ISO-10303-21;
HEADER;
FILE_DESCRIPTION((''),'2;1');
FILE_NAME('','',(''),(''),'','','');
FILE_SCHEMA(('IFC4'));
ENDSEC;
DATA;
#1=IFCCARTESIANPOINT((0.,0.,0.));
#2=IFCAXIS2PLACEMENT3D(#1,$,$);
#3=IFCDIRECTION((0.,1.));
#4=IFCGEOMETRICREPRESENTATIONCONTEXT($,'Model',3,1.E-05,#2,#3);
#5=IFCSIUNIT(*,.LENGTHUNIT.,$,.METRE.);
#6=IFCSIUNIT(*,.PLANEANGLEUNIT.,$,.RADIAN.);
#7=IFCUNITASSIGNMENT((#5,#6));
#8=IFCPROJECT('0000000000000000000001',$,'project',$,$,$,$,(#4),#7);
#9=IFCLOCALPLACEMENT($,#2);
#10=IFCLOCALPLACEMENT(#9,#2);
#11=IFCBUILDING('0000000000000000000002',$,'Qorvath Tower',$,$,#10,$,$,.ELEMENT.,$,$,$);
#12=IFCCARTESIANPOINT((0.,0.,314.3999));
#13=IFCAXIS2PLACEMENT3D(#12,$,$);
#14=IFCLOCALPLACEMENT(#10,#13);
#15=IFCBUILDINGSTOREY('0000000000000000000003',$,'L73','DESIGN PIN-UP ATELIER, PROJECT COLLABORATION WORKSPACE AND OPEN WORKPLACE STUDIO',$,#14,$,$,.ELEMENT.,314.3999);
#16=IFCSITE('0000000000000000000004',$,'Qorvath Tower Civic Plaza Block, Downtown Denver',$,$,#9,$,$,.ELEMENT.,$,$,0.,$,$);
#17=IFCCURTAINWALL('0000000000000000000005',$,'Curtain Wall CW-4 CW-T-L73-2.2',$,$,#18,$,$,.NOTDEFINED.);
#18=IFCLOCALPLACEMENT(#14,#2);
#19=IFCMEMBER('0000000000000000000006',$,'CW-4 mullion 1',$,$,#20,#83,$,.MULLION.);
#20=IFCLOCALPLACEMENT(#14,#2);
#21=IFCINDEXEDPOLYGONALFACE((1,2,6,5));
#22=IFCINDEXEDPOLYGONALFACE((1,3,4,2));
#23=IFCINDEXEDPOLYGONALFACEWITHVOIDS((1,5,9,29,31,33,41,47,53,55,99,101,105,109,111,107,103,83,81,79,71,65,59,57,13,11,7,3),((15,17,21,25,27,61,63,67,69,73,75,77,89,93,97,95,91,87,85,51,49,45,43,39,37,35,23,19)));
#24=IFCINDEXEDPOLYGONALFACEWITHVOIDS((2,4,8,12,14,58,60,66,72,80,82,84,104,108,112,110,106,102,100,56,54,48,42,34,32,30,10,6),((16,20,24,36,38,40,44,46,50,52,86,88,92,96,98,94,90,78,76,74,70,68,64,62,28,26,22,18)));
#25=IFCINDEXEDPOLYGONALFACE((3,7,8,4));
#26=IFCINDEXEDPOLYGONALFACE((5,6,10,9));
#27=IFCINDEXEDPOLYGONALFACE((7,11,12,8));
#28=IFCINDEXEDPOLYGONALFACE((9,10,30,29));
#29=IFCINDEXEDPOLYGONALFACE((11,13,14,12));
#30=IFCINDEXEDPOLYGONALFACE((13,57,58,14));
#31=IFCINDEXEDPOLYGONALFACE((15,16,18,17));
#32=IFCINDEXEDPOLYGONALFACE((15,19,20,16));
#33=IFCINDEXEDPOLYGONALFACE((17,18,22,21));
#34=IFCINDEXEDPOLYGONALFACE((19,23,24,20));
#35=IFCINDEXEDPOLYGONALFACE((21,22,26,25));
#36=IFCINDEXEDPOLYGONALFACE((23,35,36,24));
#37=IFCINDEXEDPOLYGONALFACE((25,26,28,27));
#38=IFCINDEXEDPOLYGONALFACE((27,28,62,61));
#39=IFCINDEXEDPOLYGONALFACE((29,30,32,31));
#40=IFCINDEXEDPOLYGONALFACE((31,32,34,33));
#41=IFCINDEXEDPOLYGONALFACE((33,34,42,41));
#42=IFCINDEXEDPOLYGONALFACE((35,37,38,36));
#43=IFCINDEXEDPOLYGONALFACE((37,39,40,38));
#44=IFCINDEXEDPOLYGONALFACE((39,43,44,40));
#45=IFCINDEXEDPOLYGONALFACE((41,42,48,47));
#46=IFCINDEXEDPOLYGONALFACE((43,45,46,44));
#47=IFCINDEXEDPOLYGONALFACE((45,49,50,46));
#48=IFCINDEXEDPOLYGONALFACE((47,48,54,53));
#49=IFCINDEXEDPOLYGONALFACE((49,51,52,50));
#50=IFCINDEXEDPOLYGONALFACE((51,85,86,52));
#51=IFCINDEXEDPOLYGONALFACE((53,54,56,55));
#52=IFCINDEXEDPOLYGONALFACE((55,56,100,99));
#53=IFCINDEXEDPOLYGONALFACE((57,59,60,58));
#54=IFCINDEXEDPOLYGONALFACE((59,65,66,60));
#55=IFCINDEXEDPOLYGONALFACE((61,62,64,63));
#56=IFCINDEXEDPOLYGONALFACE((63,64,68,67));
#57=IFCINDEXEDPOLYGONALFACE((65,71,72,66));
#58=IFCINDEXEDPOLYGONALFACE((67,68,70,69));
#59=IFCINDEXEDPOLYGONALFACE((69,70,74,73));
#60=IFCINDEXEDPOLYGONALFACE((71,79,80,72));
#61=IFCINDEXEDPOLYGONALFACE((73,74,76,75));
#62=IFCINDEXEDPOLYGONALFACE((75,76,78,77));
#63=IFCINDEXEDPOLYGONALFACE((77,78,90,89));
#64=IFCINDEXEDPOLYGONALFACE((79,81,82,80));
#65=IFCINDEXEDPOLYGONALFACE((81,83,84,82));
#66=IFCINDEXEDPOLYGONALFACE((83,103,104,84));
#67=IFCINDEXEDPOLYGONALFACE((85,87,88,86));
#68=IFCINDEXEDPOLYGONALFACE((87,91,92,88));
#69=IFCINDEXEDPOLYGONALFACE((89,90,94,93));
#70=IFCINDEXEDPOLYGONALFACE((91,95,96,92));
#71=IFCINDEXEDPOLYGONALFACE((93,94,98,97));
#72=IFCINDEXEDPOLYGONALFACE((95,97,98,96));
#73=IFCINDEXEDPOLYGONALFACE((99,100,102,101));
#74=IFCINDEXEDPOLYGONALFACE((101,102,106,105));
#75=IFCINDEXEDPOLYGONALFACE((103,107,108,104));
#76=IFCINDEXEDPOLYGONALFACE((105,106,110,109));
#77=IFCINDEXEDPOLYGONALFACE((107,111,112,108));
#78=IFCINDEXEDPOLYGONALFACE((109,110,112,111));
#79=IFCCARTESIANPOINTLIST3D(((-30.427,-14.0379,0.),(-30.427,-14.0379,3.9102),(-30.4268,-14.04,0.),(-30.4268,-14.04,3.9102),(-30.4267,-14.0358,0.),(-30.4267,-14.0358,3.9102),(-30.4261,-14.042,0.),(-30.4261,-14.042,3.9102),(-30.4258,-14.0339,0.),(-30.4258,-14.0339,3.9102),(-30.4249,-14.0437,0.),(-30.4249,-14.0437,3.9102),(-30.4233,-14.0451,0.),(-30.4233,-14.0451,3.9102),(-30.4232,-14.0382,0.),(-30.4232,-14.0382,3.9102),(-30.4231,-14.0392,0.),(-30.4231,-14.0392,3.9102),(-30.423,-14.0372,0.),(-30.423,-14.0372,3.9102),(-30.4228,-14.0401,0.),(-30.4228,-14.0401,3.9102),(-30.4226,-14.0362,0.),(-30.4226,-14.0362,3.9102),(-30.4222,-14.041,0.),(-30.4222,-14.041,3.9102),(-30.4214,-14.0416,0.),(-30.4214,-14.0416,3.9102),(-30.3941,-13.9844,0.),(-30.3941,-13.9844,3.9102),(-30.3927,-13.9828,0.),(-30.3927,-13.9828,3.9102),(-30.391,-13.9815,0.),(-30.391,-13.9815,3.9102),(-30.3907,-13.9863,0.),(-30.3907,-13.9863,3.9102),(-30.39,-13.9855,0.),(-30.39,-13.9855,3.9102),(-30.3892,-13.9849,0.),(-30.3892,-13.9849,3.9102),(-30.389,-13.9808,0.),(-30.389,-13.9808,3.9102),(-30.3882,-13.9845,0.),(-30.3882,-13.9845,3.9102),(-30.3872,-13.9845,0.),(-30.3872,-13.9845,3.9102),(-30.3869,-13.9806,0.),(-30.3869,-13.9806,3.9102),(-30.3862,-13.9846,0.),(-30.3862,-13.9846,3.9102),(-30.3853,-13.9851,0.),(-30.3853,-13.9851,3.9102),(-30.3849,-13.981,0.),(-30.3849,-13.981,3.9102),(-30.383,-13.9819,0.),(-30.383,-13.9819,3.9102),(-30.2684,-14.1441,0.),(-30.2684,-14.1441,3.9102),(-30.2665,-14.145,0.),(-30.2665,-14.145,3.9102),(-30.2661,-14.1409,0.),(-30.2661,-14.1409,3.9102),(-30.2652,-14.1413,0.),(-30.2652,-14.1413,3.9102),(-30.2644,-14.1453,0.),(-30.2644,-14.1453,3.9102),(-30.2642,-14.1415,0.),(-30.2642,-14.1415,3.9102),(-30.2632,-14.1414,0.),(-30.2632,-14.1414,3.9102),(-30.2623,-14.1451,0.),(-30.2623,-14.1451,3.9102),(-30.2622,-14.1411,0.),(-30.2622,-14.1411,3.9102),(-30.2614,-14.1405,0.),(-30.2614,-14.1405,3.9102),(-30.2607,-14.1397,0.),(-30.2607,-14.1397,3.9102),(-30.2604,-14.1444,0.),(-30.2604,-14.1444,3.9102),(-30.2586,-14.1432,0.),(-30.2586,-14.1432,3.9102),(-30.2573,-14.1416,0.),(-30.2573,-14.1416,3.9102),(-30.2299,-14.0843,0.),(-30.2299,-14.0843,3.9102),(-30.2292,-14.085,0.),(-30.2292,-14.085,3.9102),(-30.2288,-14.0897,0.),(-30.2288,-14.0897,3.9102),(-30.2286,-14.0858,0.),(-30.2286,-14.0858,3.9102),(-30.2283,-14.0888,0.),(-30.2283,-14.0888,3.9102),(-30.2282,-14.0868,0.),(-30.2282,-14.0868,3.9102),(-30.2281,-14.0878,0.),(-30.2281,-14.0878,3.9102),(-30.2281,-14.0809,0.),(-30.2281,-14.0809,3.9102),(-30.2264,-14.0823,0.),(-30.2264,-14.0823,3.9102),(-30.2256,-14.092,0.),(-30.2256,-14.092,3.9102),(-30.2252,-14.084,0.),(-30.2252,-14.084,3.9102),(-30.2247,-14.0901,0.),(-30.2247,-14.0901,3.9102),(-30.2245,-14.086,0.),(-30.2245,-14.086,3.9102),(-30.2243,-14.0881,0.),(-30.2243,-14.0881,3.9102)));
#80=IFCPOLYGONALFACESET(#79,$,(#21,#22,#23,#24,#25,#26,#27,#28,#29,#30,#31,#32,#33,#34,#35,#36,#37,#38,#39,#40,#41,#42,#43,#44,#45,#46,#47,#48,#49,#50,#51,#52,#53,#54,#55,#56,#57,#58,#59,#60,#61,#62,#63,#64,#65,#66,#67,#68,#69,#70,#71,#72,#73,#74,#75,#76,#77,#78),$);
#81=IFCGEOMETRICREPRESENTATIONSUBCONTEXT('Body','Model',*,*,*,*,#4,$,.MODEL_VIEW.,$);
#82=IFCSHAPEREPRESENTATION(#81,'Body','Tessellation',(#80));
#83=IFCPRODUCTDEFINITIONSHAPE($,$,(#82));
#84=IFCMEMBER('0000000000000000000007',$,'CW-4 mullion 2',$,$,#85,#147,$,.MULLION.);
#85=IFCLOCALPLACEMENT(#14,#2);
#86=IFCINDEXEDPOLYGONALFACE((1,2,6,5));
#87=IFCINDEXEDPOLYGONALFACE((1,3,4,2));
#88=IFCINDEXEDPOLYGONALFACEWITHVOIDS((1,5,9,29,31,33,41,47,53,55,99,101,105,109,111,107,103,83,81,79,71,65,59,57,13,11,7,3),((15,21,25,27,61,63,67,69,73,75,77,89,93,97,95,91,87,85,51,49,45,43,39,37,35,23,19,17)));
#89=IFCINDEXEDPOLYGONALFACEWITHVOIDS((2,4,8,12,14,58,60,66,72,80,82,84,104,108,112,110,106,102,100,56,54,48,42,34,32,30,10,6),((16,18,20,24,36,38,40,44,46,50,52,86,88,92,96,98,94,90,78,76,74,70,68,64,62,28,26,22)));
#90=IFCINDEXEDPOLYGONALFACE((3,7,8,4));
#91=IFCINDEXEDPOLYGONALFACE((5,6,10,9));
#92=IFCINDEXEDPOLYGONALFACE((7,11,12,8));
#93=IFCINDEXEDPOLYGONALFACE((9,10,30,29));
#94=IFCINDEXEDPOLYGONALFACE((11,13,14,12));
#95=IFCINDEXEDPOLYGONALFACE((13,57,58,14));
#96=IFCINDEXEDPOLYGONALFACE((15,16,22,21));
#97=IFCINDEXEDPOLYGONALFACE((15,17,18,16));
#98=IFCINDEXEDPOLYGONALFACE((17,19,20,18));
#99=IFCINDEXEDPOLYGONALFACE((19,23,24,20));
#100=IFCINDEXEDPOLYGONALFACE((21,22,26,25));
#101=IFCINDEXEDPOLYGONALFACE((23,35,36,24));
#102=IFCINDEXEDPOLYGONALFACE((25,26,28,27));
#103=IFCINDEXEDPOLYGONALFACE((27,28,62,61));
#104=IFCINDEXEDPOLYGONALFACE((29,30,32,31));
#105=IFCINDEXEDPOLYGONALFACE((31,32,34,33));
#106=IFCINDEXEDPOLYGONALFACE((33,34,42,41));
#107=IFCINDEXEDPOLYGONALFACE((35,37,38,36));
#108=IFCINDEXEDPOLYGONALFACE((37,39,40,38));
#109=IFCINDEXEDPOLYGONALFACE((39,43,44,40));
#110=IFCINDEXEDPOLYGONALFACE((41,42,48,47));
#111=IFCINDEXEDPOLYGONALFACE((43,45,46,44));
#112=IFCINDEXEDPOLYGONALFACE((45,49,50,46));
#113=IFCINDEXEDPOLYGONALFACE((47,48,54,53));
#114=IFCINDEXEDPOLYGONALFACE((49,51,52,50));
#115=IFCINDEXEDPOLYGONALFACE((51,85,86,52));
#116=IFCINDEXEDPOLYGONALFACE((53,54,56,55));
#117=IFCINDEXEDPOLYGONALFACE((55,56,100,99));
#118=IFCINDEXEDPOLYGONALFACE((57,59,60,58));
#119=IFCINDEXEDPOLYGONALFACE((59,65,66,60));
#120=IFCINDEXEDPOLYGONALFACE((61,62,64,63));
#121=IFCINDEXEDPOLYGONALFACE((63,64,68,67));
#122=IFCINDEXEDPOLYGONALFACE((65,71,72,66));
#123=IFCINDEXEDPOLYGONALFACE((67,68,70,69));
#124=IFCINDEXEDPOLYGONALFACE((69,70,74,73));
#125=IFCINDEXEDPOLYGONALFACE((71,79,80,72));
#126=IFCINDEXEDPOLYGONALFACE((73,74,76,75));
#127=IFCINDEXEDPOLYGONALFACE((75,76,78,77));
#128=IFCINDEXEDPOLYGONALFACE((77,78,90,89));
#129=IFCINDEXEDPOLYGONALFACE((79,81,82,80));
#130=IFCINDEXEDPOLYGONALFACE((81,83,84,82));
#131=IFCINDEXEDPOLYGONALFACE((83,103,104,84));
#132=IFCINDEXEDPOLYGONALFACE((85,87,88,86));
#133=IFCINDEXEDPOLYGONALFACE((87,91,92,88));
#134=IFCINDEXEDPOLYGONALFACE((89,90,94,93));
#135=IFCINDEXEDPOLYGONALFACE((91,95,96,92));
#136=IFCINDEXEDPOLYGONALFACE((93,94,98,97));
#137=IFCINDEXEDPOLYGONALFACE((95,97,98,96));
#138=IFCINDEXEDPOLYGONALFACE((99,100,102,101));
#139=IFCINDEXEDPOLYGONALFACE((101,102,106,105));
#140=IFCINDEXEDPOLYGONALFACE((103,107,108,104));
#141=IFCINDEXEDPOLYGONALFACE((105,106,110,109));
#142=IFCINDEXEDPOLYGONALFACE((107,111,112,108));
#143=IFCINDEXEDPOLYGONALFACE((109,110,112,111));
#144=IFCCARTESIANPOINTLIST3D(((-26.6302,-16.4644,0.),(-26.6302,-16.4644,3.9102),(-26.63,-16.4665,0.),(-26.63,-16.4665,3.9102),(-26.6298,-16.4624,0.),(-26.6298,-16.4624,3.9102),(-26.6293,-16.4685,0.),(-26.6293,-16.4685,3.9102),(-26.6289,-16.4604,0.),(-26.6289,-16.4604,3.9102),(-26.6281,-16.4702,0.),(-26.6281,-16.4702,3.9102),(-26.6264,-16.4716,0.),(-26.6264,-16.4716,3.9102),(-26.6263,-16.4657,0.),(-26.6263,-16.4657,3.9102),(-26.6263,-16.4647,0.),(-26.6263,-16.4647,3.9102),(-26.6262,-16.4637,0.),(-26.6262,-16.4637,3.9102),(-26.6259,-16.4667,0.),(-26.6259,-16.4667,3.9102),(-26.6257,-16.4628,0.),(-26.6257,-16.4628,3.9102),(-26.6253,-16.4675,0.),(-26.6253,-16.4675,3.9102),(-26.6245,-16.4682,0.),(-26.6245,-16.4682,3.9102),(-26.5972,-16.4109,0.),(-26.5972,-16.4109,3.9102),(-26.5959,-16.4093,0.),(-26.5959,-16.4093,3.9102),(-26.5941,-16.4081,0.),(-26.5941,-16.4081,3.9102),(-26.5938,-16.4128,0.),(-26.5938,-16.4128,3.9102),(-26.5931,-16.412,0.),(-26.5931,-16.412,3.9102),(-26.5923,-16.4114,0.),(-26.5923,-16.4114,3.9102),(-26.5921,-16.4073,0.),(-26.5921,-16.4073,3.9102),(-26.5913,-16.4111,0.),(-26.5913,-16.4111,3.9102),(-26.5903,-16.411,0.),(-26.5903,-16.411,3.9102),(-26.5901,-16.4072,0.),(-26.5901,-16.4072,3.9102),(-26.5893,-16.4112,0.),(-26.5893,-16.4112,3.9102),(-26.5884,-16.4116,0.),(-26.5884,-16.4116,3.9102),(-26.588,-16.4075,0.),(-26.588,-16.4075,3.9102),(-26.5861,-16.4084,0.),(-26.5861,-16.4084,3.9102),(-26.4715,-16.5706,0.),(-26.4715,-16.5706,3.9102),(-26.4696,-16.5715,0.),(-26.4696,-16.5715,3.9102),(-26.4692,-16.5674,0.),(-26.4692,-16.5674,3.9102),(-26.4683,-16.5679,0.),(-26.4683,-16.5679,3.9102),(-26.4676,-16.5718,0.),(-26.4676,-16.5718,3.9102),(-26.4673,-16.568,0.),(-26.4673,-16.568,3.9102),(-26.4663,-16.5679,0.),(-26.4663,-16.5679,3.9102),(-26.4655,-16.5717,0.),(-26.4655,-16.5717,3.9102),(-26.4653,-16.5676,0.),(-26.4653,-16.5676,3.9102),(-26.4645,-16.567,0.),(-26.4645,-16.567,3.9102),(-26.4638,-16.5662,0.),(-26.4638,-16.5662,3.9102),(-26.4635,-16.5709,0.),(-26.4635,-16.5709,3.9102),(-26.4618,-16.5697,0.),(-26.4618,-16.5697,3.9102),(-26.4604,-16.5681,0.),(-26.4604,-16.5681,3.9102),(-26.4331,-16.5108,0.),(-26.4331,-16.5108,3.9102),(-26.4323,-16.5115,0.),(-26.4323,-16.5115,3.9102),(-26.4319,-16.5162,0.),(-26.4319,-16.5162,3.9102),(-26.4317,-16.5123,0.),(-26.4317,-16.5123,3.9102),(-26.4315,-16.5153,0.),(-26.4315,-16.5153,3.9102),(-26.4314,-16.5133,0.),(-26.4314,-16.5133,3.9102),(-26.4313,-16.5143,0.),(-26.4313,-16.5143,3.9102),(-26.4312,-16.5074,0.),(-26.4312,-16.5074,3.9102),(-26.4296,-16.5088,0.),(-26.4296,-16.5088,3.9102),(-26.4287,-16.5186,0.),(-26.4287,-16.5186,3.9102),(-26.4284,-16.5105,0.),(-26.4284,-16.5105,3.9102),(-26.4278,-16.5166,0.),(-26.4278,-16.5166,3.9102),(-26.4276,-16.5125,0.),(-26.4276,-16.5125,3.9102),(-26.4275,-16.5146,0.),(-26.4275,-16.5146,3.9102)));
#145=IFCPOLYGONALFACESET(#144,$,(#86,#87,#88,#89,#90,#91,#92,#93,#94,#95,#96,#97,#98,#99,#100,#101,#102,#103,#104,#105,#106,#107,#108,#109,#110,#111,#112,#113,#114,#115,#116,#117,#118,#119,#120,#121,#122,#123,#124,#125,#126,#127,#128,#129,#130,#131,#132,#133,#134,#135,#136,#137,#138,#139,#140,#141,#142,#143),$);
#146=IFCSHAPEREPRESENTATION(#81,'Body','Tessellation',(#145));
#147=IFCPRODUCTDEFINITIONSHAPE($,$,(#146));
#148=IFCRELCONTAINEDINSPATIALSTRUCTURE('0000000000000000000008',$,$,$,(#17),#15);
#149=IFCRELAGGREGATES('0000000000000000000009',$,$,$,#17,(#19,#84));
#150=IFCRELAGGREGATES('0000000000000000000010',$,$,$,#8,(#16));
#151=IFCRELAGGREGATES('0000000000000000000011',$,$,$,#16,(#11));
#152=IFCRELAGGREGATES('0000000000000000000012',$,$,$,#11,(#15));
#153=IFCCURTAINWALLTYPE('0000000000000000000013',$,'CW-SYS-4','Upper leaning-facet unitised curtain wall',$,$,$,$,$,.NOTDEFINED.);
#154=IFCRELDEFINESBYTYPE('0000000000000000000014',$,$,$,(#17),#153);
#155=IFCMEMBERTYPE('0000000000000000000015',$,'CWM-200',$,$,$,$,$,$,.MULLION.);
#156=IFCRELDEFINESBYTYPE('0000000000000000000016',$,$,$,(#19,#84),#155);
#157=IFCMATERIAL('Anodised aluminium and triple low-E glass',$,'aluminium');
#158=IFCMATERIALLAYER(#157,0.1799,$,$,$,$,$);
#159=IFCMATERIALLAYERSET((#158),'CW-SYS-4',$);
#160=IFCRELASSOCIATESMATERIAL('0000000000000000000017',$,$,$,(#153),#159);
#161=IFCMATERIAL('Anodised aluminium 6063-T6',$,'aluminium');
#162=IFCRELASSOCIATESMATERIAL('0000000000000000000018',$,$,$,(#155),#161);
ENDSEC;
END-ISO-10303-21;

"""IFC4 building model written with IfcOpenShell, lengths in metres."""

from ifc_helpers import new_model, si_unit, direction, frame, origin, origin_2d, place, context, subcontext, project, spatial, hollow_rectangle, extrude, material, layer, layer_set, material_profile, profile_set, type_object, element, aggregate, save


model = new_model("IFC4")

# Units and contexts
model_context = context("Model", 3, precision=1e-05, world=origin(), true_north=direction((0.0, 1.0)))
body_context = subcontext(model_context, "Body", "Model", "MODEL_VIEW")
ifc_project = project(units=[si_unit("LENGTHUNIT", "METRE"), si_unit("PLANEANGLEUNIT", "RADIAN")], contexts=[model_context])

# Site, building, storey
site_placement = place(None, origin())
site = spatial("IfcSite", under=ifc_project, at=site_placement, Name="Qorvath Tower Civic Plaza Block, Downtown Denver", CompositionType="ELEMENT", RefElevation=0.0)
building_placement = place(site_placement, origin())
building = spatial("IfcBuilding", under=site, at=building_placement, Name="Qorvath Tower", CompositionType="ELEMENT")
storey_placement = place(building_placement, frame((0.0, 0.0, 314.3999)))
storey = spatial("IfcBuildingStorey", under=building, at=storey_placement, Name="L73", Description="DESIGN PIN-UP ATELIER, PROJECT COLLABORATION WORKSPACE AND OPEN WORKPLACE STUDIO", CompositionType="ELEMENT", Elevation=314.3999)

# Curtain wall, members
ifc_material_1 = material(Name="Anodised aluminium and triple low-E glass", Category="aluminium")
ifc_layer_1 = layer(ifc_material_1, 0.1799)
ifc_layer_set_1 = layer_set([ifc_layer_1], Name="CW-SYS-4")
curtain_wall_type = type_object("IfcCurtainWallType", Name="CW-SYS-4", Description="Upper leaning-facet unitised curtain wall", PredefinedType="NOTDEFINED", material=ifc_layer_set_1)
curtain_wall_placement = place(storey_placement, origin())
curtain_wall = element("IfcCurtainWall", 1, at=curtain_wall_placement, inside=storey, type_object=curtain_wall_type, Name="Curtain Wall CW-4 CW-T-L73-2.2", PredefinedType="NOTDEFINED")
ifc_material_2 = material(Name="Anodised aluminium 6063-T6", Category="aluminium")
ifc_material_profile_1 = material_profile(ifc_material_2, hollow_rectangle(XDim=0.075, YDim=0.2, WallThickness=0.0039, InnerFilletRadius=0.0039, OuterFilletRadius=0.0081, at=origin_2d()), Name="CWM 200x75")
ifc_profile_set_1 = profile_set([ifc_material_profile_1], Name="Anodised aluminium 6063-T6")
member_type_1 = type_object("IfcMemberType", Name="CWM-200", PredefinedType="MULLION", material=ifc_profile_set_1)
member_1_placement = place(storey_placement, frame((-30.3257, -14.063, 0.0), z_axis=(0.0, 0.0, 1.0), x_axis=(0.538536, 0.842602, 0.0)))
member_1 = element("IfcMember", 2, at=member_1_placement, type_object=member_type_1, Name="CW-4 mullion 1", PredefinedType="MULLION", context=body_context, shape_type="SweptSolid", body=[
    extrude(hollow_rectangle(XDim=0.075, YDim=0.2, WallThickness=0.0039, InnerFilletRadius=0.0039, OuterFilletRadius=0.0081, at=origin_2d()), origin(), (0.0, 0.0, 1.0), 3.9102),
])
member_2_placement = place(storey_placement, frame((-26.5288, -16.4895, 0.0), z_axis=(0.0, 0.0, 1.0), x_axis=(0.538536, 0.842602, 0.0)))
member_2 = element("IfcMember", 3, at=member_2_placement, type_object=member_type_1, Name="CW-4 mullion 2", PredefinedType="MULLION", context=body_context, shape_type="SweptSolid", body=[
    extrude(hollow_rectangle(XDim=0.075, YDim=0.2, WallThickness=0.0039, InnerFilletRadius=0.0039, OuterFilletRadius=0.0081, at=origin_2d()), origin(), (0.0, 0.0, 1.0), 3.9102),
])
aggregate(curtain_wall, [member_1, member_2])

save(model, "model.ifc")
